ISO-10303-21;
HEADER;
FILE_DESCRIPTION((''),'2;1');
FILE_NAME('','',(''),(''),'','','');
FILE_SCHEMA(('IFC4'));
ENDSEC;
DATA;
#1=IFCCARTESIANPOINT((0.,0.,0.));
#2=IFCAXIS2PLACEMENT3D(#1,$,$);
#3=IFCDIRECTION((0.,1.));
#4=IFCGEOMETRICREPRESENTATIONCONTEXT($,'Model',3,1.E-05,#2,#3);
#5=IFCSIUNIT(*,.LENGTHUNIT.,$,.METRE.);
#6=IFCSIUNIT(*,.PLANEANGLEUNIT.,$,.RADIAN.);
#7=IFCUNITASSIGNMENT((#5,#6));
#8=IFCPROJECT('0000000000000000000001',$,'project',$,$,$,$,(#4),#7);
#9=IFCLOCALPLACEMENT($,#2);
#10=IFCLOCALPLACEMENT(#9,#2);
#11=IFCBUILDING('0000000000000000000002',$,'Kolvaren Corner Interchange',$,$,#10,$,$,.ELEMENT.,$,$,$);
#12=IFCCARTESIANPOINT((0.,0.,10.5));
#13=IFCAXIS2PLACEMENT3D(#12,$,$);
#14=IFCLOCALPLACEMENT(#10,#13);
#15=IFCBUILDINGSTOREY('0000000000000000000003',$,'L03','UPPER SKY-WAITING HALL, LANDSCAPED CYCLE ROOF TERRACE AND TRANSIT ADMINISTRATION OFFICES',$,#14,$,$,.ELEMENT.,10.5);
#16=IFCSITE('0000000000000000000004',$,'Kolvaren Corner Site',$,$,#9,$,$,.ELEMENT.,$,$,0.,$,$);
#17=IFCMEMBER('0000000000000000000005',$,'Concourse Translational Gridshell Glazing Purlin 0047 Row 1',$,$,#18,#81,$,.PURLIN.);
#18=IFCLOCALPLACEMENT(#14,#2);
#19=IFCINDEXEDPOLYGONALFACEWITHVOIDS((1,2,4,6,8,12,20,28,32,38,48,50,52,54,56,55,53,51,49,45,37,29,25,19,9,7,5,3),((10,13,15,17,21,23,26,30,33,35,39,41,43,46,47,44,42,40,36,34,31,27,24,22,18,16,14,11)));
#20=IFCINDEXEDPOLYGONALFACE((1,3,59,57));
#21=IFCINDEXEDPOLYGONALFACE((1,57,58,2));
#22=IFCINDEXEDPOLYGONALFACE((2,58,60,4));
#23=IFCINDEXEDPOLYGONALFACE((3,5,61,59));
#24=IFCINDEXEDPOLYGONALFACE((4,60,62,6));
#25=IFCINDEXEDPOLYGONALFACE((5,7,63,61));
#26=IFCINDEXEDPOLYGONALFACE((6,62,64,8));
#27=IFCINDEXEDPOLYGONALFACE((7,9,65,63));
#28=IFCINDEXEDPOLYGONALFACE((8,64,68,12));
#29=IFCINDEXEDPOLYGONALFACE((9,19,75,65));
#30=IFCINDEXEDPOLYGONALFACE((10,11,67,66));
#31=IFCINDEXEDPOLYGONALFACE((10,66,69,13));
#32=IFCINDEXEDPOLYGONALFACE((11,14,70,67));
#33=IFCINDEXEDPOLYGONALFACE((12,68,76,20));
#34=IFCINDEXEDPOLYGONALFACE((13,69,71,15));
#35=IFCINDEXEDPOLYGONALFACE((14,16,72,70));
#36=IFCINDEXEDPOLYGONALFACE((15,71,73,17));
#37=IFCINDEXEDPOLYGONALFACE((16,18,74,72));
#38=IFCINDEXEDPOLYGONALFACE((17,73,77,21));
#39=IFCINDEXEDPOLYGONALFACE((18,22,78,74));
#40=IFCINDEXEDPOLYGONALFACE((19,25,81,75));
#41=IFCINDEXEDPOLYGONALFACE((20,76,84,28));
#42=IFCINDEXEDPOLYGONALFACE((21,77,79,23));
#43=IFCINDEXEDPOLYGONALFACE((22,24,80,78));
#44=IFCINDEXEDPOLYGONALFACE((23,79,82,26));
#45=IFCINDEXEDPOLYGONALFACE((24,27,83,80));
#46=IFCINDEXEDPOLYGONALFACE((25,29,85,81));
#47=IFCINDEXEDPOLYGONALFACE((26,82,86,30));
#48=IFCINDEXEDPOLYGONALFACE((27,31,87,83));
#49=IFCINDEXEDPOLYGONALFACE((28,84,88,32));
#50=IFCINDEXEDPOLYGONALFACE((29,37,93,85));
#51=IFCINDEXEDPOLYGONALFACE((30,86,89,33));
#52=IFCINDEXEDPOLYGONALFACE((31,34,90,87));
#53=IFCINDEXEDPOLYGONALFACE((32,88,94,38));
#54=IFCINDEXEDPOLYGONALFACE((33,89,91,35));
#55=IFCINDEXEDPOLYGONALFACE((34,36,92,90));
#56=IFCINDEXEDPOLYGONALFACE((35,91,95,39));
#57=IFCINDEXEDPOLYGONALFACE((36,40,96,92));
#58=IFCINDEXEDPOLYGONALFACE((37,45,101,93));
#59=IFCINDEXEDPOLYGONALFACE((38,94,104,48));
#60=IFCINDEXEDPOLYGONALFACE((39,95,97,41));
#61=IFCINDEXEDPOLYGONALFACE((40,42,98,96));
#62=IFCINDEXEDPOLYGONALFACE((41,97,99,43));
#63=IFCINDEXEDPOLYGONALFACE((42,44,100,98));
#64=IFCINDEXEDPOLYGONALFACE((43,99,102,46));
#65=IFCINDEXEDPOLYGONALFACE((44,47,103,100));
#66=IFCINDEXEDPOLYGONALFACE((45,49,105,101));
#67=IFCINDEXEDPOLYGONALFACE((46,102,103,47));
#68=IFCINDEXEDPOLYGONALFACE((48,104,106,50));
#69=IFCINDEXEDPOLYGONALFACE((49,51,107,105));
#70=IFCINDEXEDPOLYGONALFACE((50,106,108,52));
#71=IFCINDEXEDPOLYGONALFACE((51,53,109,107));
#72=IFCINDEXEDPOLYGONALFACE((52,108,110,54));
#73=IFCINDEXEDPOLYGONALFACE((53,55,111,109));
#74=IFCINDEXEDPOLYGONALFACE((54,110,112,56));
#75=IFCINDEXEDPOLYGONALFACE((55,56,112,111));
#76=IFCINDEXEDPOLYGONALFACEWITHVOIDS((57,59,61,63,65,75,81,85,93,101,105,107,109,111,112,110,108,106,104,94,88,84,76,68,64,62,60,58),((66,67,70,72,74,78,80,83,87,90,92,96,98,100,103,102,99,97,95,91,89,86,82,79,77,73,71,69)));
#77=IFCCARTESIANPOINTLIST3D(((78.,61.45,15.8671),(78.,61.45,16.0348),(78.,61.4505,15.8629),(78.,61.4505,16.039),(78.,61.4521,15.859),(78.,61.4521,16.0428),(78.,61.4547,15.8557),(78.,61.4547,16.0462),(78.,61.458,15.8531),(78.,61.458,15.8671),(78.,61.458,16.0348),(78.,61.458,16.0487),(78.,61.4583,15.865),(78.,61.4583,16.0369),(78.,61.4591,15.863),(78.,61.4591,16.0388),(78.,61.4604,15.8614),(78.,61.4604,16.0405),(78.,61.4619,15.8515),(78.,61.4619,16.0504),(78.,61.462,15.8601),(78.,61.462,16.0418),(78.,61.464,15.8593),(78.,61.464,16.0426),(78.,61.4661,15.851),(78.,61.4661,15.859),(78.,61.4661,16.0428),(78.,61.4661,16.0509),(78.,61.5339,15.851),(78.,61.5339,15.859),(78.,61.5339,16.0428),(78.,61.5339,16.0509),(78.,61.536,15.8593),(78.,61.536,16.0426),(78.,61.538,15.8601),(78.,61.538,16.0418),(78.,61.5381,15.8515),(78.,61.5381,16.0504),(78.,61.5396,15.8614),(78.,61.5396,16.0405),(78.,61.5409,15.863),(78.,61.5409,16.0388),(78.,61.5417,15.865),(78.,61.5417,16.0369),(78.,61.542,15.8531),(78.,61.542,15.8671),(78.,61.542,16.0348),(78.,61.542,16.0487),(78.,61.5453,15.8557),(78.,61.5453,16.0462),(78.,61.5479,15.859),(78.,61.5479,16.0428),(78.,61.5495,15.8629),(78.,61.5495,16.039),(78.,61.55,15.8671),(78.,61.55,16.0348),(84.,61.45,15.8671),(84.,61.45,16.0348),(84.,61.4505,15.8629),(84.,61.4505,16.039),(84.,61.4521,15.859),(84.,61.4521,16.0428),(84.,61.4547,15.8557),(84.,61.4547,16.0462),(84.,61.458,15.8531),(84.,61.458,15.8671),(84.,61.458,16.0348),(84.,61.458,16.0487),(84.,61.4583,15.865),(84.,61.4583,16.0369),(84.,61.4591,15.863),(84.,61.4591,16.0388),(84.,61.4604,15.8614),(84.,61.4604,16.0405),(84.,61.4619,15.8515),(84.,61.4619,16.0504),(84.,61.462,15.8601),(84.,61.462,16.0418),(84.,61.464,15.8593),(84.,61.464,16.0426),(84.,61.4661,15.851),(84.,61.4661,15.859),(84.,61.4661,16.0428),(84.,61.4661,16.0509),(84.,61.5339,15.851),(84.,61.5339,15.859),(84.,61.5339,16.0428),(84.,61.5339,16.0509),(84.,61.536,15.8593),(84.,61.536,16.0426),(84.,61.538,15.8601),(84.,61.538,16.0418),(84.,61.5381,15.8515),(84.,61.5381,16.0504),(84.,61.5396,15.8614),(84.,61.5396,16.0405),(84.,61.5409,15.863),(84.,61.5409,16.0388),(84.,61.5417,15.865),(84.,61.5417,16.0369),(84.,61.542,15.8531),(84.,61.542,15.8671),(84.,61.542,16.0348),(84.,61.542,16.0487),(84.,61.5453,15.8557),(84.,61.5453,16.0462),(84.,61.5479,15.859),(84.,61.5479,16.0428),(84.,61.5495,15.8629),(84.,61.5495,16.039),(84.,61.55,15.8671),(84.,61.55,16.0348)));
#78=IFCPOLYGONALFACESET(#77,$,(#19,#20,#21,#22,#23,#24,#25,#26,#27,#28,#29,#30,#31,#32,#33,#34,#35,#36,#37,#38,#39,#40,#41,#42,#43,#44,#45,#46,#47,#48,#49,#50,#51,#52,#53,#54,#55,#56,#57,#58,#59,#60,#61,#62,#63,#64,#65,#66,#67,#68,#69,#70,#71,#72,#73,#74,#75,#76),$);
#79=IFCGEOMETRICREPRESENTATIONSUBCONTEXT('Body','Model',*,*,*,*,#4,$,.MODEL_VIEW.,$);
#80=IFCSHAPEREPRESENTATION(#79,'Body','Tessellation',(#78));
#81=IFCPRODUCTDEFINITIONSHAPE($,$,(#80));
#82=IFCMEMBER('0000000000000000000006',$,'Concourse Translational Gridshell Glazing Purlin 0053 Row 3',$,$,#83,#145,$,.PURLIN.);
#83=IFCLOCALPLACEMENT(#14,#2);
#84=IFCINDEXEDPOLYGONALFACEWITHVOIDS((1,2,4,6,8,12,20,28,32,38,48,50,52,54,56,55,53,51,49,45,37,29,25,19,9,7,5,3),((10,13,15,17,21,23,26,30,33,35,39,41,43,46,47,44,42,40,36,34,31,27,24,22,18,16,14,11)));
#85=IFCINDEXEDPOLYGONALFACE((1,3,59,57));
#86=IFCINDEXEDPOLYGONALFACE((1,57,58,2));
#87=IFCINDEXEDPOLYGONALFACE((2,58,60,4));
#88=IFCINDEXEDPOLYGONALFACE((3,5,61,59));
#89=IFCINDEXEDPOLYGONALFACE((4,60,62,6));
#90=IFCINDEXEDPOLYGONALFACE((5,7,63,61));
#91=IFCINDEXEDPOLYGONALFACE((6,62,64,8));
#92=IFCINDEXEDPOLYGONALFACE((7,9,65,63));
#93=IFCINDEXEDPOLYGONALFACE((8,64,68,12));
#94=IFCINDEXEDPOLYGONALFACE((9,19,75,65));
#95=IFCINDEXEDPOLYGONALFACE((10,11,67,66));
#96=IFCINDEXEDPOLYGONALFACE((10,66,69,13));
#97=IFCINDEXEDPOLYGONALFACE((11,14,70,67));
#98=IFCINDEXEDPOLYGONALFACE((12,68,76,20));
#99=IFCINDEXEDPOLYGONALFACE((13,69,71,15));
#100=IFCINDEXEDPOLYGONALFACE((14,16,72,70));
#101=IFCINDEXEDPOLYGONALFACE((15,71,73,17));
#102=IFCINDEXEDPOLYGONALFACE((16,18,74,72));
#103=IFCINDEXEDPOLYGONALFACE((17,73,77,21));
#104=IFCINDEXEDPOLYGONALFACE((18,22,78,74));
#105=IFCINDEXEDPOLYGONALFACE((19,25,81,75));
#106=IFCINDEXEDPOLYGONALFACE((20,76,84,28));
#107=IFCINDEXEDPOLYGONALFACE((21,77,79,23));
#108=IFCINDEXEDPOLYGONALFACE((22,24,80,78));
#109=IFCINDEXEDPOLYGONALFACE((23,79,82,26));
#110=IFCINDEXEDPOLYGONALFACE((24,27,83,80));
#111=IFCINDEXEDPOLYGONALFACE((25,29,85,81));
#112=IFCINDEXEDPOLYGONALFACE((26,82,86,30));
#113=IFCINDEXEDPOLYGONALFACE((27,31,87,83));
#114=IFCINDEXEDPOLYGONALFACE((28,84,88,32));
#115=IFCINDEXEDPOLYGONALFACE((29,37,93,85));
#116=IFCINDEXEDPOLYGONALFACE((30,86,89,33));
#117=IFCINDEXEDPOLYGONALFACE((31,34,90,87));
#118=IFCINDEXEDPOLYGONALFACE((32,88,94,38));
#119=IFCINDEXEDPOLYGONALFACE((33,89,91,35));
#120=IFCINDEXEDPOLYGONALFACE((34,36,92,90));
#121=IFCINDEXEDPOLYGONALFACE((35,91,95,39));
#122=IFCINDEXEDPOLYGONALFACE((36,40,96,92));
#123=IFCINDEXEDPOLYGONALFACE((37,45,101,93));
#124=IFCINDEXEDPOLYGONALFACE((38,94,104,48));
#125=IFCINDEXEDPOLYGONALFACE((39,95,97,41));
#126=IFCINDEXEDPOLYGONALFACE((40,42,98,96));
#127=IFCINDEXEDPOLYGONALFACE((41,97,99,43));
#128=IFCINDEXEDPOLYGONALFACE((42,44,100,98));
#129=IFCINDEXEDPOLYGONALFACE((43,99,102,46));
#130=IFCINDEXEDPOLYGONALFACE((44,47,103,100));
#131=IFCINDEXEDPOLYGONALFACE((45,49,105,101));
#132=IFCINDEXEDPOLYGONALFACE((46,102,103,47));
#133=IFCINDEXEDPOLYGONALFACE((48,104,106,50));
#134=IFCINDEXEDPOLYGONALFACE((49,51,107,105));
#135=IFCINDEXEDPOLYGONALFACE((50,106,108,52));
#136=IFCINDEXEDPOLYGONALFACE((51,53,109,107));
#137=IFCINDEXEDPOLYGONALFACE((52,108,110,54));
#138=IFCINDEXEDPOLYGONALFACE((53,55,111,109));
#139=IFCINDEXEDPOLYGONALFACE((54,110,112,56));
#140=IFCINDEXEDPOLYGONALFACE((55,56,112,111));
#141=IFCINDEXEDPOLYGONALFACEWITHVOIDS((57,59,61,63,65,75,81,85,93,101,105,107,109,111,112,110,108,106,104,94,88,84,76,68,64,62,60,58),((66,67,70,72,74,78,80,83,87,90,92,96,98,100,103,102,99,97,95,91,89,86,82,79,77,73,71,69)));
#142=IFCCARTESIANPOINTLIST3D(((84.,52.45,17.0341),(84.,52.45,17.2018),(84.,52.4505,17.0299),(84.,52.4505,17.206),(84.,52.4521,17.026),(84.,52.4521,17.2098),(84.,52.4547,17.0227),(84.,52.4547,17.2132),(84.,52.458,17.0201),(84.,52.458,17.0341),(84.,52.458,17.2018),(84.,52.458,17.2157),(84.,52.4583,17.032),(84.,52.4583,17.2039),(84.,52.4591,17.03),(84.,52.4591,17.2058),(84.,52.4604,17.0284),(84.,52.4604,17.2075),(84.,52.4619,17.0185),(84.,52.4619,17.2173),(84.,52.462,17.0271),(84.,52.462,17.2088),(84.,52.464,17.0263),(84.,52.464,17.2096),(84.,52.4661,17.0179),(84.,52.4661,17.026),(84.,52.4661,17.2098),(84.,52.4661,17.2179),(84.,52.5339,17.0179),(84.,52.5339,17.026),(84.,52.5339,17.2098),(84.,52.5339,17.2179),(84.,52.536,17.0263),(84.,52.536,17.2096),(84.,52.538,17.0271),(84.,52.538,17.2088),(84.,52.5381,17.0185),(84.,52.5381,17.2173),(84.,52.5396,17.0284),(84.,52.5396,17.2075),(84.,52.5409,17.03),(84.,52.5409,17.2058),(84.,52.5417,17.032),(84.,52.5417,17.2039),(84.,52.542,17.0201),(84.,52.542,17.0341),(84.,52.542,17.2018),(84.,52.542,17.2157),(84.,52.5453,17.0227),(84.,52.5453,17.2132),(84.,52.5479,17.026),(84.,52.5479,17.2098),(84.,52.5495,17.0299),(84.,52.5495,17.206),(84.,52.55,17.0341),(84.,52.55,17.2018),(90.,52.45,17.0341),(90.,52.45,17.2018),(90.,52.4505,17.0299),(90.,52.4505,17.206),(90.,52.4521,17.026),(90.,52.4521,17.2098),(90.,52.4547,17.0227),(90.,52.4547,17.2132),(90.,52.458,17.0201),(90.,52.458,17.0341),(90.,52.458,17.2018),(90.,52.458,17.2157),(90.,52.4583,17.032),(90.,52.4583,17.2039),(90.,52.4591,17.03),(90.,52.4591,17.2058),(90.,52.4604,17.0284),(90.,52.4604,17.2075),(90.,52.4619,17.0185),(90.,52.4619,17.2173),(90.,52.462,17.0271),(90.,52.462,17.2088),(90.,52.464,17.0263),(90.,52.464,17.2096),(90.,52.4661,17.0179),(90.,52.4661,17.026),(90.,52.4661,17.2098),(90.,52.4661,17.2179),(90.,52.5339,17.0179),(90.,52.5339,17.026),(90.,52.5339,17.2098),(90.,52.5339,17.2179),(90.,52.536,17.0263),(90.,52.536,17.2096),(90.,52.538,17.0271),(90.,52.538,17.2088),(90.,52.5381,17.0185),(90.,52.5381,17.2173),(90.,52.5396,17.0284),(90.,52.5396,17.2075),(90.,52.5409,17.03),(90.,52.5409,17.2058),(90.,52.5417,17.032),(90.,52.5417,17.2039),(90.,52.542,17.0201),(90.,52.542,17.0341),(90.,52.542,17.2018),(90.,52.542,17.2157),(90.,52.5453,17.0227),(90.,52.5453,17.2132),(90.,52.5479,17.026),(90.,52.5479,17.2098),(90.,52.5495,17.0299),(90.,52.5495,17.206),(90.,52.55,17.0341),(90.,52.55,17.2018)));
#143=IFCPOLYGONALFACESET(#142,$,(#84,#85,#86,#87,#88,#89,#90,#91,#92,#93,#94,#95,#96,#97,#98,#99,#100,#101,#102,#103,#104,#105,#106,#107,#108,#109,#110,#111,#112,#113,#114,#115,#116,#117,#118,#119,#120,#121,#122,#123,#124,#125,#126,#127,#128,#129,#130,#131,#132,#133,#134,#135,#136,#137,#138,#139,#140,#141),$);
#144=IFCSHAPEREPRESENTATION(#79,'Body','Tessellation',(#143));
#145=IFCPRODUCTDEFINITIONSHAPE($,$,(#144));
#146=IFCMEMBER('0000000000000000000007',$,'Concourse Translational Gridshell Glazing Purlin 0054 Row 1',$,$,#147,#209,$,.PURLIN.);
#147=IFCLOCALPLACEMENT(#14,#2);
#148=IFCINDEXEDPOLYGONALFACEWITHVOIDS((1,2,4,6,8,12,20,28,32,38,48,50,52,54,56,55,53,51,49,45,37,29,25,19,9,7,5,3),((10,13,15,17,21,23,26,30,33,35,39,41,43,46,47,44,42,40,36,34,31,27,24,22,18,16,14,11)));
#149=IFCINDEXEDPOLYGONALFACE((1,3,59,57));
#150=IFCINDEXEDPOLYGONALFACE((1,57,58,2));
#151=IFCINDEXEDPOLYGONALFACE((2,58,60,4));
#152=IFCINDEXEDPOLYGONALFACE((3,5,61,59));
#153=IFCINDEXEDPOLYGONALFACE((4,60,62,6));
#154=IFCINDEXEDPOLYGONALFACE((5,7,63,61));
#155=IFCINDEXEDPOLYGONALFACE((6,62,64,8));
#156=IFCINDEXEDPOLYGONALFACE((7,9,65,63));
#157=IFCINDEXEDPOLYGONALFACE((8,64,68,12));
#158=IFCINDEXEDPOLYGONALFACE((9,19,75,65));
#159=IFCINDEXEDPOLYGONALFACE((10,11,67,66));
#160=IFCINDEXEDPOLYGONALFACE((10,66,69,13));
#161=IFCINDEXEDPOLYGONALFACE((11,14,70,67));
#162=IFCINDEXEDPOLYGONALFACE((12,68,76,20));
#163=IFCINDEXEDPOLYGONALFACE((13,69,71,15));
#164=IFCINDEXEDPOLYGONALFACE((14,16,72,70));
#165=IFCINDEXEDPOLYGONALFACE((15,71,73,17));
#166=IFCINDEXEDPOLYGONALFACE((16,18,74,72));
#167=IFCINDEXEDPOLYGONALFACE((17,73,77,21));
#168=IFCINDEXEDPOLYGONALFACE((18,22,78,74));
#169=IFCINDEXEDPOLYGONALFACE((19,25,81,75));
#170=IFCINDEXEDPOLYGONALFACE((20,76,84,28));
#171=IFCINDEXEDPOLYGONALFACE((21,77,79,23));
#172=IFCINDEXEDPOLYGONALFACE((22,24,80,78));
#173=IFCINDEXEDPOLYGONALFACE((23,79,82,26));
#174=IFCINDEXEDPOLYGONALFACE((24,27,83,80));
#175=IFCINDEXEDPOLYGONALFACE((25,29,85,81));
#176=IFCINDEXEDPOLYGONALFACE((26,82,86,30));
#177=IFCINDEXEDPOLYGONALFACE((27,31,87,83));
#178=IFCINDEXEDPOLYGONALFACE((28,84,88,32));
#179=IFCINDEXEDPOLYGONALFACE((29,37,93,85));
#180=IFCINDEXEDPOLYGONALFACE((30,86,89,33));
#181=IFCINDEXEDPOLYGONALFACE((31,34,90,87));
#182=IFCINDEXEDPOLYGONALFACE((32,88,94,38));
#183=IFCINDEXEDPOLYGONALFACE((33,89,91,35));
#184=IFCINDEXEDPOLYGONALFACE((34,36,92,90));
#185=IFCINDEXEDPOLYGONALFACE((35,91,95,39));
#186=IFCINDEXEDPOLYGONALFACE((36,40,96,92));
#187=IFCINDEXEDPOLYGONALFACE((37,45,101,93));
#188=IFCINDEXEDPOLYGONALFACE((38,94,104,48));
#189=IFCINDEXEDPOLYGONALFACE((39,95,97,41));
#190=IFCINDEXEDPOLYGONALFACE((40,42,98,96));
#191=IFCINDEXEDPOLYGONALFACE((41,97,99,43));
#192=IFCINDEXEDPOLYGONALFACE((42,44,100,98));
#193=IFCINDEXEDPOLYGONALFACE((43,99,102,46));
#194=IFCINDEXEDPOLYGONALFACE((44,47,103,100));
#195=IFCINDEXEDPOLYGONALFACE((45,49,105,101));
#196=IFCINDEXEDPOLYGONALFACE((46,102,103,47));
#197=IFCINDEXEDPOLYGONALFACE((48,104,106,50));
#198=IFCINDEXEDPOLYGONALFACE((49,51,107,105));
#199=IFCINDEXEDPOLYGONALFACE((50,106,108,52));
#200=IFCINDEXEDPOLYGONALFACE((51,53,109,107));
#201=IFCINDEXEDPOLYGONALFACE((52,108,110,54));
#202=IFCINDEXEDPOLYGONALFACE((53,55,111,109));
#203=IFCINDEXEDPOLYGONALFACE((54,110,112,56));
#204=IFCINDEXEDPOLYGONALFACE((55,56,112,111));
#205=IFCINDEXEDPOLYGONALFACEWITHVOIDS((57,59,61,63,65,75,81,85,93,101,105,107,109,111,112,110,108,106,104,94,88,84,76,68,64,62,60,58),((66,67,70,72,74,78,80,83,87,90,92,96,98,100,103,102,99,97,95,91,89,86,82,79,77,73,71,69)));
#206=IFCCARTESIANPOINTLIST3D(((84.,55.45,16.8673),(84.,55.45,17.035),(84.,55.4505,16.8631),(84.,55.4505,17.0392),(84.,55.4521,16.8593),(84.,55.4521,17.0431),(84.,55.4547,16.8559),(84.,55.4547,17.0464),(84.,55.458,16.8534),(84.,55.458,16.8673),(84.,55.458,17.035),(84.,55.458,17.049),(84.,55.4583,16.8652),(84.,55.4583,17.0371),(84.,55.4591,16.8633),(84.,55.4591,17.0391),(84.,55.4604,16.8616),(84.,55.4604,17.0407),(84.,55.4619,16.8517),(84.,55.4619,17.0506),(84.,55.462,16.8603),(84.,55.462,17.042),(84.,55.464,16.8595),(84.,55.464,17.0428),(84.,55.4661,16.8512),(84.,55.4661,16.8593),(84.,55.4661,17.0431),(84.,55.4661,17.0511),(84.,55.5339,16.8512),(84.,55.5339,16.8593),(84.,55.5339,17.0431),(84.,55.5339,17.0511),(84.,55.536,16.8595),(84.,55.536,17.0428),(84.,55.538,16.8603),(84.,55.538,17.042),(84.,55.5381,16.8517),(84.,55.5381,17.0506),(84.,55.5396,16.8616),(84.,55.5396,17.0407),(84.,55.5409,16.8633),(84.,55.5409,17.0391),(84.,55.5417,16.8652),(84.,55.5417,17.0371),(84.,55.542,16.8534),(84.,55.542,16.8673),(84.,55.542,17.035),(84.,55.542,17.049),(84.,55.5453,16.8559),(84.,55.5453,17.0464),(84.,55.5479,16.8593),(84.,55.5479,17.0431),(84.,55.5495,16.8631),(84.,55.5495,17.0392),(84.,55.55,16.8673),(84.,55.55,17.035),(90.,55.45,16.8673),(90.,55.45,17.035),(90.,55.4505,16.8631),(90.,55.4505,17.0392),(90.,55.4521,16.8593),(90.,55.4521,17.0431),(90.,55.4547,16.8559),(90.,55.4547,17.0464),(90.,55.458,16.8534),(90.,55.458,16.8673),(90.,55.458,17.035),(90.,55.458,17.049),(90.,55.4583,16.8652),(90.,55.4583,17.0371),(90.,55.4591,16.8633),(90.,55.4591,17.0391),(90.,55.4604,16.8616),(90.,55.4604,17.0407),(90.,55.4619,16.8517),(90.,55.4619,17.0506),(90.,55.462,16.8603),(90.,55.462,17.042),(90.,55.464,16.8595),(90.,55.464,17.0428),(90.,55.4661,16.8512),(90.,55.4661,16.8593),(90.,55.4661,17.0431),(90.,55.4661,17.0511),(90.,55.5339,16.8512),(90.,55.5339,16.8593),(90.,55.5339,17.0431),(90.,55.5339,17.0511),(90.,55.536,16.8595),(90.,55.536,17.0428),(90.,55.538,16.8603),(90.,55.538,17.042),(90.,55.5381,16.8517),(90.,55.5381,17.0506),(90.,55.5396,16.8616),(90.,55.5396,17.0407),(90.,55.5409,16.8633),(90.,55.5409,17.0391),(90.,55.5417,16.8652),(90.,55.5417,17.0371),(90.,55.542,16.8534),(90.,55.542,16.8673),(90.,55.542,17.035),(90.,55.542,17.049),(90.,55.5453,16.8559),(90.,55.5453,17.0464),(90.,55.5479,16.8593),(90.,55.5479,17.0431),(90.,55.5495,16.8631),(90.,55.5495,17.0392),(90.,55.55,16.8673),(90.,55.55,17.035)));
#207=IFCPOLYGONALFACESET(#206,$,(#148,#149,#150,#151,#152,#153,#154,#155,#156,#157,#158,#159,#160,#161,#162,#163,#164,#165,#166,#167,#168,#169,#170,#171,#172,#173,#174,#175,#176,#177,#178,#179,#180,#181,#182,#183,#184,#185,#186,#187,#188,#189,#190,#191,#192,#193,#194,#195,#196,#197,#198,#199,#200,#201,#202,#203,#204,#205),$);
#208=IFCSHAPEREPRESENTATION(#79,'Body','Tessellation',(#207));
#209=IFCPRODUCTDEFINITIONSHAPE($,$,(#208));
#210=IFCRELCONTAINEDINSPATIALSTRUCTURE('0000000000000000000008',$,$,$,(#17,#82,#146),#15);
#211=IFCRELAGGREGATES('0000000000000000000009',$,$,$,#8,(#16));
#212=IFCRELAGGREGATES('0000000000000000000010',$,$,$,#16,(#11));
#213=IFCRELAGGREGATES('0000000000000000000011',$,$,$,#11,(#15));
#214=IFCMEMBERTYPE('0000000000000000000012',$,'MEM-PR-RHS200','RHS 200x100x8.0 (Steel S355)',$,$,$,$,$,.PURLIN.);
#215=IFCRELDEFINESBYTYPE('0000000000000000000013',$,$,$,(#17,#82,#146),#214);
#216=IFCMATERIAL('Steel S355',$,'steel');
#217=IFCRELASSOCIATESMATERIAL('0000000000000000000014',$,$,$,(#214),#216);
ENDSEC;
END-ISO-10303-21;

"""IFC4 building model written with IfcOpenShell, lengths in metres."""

from ifc_helpers import new_model, si_unit, direction, frame, origin, origin_2d, place, context, subcontext, project, spatial, hollow_rectangle, extrude, material, material_profile, profile_set, type_object, element, save


model = new_model("IFC4")

# Units and contexts
model_context = context("Model", 3, precision=1e-05, world=origin(), true_north=direction((0.0, 1.0)))
body_context = subcontext(model_context, "Body", "Model", "MODEL_VIEW")
ifc_project = project(units=[si_unit("LENGTHUNIT", "METRE"), si_unit("PLANEANGLEUNIT", "RADIAN")], contexts=[model_context])

# Site, building, storey
site_placement = place(None, origin())
site = spatial("IfcSite", under=ifc_project, at=site_placement, Name="Kolvaren Corner Site", CompositionType="ELEMENT", RefElevation=0.0)
building_placement = place(site_placement, origin())
building = spatial("IfcBuilding", under=site, at=building_placement, Name="Kolvaren Corner Interchange", CompositionType="ELEMENT")
storey_placement = place(building_placement, frame((0.0, 0.0, 10.5)))
storey = spatial("IfcBuildingStorey", under=building, at=storey_placement, Name="L03", Description="UPPER SKY-WAITING HALL, LANDSCAPED CYCLE ROOF TERRACE AND TRANSIT ADMINISTRATION OFFICES", CompositionType="ELEMENT", Elevation=10.5)

# Members
ifc_material_1 = material(Name="Steel S355", Category="steel")
ifc_material_profile_1 = material_profile(ifc_material_1, hollow_rectangle(XDim=0.1001, YDim=0.2, WallThickness=0.0081, InnerFilletRadius=0.0081, OuterFilletRadius=0.0161, at=origin_2d()), Name="RHS 200x100x8.0")
ifc_profile_set_1 = profile_set([ifc_material_profile_1], Name="Steel S355")
member_type_1 = type_object("IfcMemberType", Name="MEM-PR-RHS200", Description="RHS 200x100x8.0 (Steel S355)", PredefinedType="PURLIN", material=ifc_profile_set_1)
for number, where, z_axis, x_axis, name in (
    (1, (78.0, 61.5, 15.9509), (1.0, 0.0, 0.0), (0.0, 1.0, 0.0), "Concourse Translational Gridshell Glazing Purlin 0047 Row 1"),
    (2, (84.0, 52.5, 17.1179), (1.0, 0.0, 0.0), (0.0, 1.0, 0.0), "Concourse Translational Gridshell Glazing Purlin 0053 Row 3"),
    (3, (84.0, 55.5, 16.9512), (1.0, 0.0, 0.0), (0.0, 1.0, 0.0), "Concourse Translational Gridshell Glazing Purlin 0054 Row 1"),
):
    element("IfcMember", number, at=place(storey_placement, frame(where, z_axis=z_axis, x_axis=x_axis)), inside=storey, type_object=member_type_1, Name=name, PredefinedType="PURLIN", context=body_context, shape_type="SweptSolid", body=[
        extrude(hollow_rectangle(XDim=0.1001, YDim=0.2, WallThickness=0.0081, InnerFilletRadius=0.0081, OuterFilletRadius=0.0161, at=origin_2d()), origin(), (0.0, 0.0, 1.0), 6.0),
    ])

save(model, "model.ifc")
